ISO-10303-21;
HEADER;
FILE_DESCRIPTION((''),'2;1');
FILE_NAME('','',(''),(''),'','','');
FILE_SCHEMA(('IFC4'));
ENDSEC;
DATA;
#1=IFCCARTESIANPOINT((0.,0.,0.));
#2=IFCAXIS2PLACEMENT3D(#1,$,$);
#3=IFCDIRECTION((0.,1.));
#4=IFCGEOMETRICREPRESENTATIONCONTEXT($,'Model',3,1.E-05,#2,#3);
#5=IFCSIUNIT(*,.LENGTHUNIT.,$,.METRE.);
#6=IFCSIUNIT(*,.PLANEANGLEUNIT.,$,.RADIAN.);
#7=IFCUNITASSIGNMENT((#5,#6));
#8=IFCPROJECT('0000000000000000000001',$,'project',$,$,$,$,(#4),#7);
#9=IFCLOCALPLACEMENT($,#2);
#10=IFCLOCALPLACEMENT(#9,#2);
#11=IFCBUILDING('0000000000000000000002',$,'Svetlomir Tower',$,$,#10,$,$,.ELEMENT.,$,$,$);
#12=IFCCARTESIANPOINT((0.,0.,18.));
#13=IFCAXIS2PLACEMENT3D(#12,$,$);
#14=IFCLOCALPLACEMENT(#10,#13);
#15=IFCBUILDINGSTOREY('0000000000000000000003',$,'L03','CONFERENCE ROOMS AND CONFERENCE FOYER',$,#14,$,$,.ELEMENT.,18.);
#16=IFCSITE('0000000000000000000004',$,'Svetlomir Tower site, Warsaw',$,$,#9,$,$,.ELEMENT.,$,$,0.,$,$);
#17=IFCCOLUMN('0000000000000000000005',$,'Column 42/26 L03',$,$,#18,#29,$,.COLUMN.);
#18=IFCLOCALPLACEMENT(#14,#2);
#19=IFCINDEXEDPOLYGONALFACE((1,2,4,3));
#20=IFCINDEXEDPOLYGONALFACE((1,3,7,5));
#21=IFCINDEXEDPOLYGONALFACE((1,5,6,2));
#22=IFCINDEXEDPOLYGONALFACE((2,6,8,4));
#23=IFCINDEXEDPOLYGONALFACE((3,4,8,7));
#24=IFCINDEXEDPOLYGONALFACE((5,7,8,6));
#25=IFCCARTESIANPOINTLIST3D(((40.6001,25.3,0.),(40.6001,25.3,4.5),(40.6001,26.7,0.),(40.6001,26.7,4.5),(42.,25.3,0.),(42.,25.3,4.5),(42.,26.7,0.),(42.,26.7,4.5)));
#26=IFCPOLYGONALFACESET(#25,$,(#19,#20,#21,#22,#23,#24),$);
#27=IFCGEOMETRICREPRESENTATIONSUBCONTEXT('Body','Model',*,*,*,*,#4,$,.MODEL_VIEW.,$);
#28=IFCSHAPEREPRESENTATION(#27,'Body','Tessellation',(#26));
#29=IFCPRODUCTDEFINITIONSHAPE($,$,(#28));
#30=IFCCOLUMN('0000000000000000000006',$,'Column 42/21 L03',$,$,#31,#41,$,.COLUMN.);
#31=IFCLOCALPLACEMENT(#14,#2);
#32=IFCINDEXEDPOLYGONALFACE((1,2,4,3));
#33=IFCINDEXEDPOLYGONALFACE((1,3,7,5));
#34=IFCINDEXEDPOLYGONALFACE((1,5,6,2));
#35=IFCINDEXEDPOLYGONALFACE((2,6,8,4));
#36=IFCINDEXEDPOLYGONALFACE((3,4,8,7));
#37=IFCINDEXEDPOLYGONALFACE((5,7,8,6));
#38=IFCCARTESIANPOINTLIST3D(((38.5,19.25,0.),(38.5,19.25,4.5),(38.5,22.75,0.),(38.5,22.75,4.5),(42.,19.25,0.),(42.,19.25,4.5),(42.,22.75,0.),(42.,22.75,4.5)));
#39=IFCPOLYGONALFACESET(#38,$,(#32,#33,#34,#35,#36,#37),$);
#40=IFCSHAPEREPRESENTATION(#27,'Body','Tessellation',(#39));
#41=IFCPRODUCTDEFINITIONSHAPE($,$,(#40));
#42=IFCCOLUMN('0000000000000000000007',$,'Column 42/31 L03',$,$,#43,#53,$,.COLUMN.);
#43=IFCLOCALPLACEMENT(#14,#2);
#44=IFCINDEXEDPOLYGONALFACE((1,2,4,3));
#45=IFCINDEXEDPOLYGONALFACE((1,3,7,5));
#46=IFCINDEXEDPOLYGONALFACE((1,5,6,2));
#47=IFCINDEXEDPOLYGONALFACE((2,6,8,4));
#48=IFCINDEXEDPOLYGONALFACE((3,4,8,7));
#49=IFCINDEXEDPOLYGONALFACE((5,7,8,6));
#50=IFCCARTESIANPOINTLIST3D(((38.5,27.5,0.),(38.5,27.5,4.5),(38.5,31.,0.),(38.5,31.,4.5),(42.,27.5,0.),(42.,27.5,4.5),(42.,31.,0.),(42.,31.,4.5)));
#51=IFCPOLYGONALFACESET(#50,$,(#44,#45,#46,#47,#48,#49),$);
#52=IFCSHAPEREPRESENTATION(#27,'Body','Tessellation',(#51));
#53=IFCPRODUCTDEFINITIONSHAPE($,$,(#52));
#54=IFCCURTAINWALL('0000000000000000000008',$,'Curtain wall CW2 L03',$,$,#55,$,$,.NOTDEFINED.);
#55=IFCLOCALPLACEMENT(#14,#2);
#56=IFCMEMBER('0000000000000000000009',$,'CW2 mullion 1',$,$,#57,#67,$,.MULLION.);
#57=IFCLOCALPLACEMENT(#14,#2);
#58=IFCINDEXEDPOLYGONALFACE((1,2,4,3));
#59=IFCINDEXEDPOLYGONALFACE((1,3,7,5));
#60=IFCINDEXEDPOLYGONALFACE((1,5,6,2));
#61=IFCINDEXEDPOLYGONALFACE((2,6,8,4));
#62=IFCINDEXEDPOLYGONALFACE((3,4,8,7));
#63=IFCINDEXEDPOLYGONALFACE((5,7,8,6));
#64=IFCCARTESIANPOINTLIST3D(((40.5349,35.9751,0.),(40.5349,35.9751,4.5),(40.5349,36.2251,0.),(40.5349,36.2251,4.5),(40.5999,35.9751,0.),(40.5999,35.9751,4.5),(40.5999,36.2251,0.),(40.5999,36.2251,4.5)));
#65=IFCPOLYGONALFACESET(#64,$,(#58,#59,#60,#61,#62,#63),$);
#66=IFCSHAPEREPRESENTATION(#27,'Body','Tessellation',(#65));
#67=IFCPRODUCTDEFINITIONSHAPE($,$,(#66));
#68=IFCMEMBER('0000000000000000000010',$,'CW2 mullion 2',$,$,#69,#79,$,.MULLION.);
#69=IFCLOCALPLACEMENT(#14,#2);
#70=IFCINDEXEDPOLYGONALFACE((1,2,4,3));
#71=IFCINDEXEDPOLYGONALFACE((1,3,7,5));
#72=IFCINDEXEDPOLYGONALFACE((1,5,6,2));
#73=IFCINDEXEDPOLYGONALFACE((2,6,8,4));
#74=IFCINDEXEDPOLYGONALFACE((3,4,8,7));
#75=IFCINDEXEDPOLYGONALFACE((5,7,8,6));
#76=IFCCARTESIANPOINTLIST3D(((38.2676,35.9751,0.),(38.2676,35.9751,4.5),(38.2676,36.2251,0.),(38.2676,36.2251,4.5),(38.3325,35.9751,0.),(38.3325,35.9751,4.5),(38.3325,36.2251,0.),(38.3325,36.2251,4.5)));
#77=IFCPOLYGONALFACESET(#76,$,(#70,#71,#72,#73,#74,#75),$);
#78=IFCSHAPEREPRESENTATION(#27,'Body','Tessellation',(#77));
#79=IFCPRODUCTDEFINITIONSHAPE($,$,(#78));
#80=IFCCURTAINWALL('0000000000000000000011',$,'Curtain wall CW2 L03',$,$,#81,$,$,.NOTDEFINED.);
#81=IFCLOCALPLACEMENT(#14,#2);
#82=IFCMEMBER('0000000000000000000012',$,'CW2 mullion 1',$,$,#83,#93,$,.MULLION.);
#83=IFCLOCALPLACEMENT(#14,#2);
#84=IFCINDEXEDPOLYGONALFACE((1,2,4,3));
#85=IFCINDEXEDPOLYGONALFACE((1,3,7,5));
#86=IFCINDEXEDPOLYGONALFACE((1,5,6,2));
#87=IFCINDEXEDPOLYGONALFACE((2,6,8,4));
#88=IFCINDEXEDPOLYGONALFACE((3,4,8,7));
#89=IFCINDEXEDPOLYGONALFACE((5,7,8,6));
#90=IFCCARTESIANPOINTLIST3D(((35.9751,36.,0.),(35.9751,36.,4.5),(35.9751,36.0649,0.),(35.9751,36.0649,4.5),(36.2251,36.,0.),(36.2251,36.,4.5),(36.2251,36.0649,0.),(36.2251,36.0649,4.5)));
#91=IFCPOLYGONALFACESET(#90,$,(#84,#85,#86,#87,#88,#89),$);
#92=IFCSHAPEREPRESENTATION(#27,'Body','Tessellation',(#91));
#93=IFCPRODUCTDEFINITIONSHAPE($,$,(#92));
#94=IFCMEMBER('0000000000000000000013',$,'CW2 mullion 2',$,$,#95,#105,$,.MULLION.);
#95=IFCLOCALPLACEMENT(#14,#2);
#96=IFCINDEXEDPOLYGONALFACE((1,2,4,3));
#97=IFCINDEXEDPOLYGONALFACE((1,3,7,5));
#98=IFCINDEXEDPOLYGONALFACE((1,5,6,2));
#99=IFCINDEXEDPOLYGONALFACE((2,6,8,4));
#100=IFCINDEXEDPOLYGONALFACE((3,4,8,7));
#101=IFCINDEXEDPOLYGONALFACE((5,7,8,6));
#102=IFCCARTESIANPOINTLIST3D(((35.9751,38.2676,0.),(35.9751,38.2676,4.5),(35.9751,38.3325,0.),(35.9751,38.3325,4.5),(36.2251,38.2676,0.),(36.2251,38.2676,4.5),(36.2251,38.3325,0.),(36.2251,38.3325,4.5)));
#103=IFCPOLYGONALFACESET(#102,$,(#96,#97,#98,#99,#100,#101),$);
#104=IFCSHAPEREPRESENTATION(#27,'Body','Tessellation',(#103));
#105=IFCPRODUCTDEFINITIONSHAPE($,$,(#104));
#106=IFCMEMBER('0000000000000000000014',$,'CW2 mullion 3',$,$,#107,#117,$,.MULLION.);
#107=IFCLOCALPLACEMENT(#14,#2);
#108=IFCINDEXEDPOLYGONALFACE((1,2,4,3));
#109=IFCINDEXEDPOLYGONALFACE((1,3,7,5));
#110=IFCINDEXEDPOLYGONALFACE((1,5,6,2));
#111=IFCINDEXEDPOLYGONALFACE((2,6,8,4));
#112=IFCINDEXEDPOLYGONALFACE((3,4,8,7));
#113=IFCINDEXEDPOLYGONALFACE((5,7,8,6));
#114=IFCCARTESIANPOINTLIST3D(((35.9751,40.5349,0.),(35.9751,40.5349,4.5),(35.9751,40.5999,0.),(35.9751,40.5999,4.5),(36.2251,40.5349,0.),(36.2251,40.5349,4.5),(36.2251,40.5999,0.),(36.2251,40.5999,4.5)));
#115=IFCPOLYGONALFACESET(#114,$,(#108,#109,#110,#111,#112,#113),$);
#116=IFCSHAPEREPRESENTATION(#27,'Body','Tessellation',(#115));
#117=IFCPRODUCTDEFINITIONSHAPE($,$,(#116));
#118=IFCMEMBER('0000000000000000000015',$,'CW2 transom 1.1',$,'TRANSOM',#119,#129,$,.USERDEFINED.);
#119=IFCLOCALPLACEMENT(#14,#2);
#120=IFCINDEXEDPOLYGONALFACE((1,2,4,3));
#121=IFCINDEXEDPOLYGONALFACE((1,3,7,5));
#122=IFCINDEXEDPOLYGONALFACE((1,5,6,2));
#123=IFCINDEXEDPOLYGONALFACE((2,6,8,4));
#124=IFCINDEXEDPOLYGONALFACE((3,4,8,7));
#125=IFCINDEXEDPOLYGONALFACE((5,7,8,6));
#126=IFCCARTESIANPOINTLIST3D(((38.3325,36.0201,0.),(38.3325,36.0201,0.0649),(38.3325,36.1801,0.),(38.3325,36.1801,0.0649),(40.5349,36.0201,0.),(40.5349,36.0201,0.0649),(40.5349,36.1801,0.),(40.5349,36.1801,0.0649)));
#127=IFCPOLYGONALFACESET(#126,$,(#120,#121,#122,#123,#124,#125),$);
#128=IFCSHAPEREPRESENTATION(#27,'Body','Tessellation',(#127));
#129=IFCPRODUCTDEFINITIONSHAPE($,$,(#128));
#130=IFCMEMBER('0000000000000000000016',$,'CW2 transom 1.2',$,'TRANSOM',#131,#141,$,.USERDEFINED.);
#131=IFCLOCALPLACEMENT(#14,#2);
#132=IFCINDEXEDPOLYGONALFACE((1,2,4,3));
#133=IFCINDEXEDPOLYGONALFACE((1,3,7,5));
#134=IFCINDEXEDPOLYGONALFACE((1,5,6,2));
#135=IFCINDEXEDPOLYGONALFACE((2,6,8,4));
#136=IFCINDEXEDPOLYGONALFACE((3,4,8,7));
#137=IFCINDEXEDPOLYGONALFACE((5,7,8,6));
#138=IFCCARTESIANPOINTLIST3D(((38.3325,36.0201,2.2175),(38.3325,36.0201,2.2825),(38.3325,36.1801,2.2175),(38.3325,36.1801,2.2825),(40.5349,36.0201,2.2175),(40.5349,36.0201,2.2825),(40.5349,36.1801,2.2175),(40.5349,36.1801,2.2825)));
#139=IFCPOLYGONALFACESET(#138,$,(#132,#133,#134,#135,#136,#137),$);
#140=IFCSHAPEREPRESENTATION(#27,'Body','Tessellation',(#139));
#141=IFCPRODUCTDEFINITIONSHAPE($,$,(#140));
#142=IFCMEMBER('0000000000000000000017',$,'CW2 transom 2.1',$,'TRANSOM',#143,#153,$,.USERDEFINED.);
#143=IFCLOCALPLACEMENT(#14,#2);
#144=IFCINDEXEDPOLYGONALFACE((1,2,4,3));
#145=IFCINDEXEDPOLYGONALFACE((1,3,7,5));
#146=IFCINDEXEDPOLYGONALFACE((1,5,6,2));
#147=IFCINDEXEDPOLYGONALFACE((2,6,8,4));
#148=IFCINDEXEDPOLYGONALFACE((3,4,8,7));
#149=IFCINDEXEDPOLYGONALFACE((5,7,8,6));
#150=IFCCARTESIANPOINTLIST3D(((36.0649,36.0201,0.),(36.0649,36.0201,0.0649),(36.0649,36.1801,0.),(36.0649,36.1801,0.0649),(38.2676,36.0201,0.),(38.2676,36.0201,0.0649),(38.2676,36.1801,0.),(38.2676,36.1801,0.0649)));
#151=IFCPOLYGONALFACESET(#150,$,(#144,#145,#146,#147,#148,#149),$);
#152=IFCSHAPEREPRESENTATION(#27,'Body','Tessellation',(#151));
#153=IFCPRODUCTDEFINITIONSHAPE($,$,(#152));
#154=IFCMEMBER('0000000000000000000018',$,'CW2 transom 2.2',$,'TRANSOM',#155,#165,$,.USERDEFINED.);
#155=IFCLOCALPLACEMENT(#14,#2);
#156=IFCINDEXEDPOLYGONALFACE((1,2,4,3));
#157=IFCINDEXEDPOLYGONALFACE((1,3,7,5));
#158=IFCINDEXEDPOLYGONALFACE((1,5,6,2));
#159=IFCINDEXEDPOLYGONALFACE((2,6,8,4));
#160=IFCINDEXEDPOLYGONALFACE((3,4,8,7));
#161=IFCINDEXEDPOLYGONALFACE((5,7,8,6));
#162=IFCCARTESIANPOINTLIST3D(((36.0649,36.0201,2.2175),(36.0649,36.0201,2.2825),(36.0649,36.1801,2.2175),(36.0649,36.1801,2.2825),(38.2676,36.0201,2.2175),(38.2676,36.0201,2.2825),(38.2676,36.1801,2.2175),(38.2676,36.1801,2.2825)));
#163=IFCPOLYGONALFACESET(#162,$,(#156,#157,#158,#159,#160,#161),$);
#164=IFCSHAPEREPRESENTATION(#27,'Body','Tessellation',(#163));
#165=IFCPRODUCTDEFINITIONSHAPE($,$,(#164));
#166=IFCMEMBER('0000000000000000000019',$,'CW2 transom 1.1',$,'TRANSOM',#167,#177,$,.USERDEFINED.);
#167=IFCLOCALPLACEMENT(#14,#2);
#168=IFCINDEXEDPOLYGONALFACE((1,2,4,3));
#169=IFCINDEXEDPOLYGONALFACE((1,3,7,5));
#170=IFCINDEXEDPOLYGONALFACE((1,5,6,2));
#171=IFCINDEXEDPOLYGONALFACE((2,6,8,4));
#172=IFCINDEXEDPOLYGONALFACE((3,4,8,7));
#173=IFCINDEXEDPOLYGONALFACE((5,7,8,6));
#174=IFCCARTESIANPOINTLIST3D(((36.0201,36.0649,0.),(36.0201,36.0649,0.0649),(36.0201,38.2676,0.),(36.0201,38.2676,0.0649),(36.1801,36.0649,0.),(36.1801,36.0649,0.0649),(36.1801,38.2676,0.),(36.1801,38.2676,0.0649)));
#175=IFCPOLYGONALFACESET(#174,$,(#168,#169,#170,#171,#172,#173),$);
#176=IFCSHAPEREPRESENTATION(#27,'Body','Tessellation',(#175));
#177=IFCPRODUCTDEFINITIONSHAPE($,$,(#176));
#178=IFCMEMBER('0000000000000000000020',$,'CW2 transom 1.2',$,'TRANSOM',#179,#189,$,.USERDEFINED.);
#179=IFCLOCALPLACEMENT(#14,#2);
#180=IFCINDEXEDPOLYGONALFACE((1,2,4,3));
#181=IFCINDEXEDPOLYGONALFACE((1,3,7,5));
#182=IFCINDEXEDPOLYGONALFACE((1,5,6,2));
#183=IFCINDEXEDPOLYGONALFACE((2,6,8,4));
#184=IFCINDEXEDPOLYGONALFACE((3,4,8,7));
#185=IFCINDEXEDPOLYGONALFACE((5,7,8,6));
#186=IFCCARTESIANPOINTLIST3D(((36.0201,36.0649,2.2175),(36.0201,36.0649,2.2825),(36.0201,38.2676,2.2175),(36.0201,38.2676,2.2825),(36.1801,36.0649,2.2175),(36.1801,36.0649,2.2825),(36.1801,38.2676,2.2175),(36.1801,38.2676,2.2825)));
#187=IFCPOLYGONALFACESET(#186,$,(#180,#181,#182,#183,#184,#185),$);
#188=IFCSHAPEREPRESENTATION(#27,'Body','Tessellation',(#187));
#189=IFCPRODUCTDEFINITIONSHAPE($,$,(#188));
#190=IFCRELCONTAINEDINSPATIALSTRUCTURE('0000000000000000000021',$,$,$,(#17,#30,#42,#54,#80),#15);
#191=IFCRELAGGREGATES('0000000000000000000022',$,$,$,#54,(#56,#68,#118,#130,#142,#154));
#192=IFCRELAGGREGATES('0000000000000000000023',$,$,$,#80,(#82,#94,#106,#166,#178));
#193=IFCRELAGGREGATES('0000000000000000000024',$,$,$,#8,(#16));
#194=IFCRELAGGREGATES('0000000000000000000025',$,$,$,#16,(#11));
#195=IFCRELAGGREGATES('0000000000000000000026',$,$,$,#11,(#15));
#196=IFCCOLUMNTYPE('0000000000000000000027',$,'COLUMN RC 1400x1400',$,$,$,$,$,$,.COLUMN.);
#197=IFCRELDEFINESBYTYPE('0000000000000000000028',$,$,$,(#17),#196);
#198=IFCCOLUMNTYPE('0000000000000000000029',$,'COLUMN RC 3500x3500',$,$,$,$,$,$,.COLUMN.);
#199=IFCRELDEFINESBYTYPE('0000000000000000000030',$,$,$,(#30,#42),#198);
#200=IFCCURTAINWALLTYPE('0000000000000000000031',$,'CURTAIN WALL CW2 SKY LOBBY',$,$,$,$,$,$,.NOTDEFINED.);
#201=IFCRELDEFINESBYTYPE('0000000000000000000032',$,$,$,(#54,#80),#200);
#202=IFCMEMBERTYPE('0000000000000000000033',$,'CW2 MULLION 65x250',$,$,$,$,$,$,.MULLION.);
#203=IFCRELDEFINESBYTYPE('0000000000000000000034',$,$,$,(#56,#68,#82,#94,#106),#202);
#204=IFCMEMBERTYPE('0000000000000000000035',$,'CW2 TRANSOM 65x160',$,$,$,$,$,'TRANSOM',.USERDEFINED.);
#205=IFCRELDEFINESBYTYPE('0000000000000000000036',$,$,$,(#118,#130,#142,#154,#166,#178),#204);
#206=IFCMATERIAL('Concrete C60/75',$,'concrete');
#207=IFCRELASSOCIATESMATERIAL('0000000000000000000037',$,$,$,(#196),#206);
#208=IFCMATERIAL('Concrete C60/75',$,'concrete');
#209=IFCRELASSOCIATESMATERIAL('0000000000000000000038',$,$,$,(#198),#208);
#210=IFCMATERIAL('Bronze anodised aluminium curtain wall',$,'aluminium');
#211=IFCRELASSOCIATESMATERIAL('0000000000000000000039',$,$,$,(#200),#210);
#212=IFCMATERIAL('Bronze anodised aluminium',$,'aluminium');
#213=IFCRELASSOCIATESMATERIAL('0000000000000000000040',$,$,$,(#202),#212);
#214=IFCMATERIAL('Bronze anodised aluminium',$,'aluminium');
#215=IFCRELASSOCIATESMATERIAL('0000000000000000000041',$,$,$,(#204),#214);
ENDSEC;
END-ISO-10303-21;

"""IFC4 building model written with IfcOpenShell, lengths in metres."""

from ifc_helpers import new_model, si_unit, direction, frame, origin, origin_2d, place, context, subcontext, project, spatial, rectangle, extrude, material, material_profile, profile_set, type_object, element, aggregate, save


model = new_model("IFC4")

# Units and contexts
model_context = context("Model", 3, precision=1e-05, world=origin(), true_north=direction((0.0, 1.0)))
body_context = subcontext(model_context, "Body", "Model", "MODEL_VIEW")
ifc_project = project(units=[si_unit("LENGTHUNIT", "METRE"), si_unit("PLANEANGLEUNIT", "RADIAN")], contexts=[model_context])

# Site, building, storey
site_placement = place(None, origin())
site = spatial("IfcSite", under=ifc_project, at=site_placement, Name="Svetlomir Tower site, Warsaw", CompositionType="ELEMENT", RefElevation=0.0)
building_placement = place(site_placement, origin())
building = spatial("IfcBuilding", under=site, at=building_placement, Name="Svetlomir Tower", CompositionType="ELEMENT")
storey_placement = place(building_placement, frame((0.0, 0.0, 18.0)))
storey = spatial("IfcBuildingStorey", under=building, at=storey_placement, Name="L03", Description="CONFERENCE ROOMS AND CONFERENCE FOYER", CompositionType="ELEMENT", Elevation=18.0)

# Columns
ifc_material_1 = material(Name="Concrete C60/75", Category="concrete")
ifc_material_profile_1 = material_profile(ifc_material_1, rectangle(XDim=1.3999, YDim=1.3999, at=origin_2d()), Name="RC 1400x1400")
ifc_profile_set_1 = profile_set([ifc_material_profile_1], Name="Concrete C60/75")
column_type_1 = type_object("IfcColumnType", Name="COLUMN RC 1400x1400", PredefinedType="COLUMN", material=ifc_profile_set_1)
column_placement = place(storey_placement, frame((41.3, 26.0, 0.0), z_axis=(0.0, 0.0, 1.0), x_axis=(1.0, 0.0, 0.0)))
element("IfcColumn", 1, at=column_placement, inside=storey, type_object=column_type_1, Name="Column 42/26 L03", PredefinedType="COLUMN", context=body_context, shape_type="SweptSolid", body=[
    extrude(rectangle(XDim=1.3999, YDim=1.3999, at=origin_2d()), origin(), (0.0, 0.0, 1.0), 4.5),
])
ifc_material_2 = material(Name="Concrete C60/75", Category="concrete")
ifc_material_profile_2 = material_profile(ifc_material_2, rectangle(XDim=3.5, YDim=3.5, at=origin_2d()), Name="RC 3500x3500")
ifc_profile_set_2 = profile_set([ifc_material_profile_2], Name="Concrete C60/75")
column_type_2 = type_object("IfcColumnType", Name="COLUMN RC 3500x3500", PredefinedType="COLUMN", material=ifc_profile_set_2)
for number, where, z_axis, x_axis, name in (
    (2, (40.25, 21.0, 0.0), (0.0, 0.0, 1.0), (1.0, 0.0, 0.0), "Column 42/21 L03"),
    (3, (40.25, 29.25, 0.0), (0.0, 0.0, 1.0), (1.0, 0.0, 0.0), "Column 42/31 L03"),
):
    element("IfcColumn", number, at=place(storey_placement, frame(where, z_axis=z_axis, x_axis=x_axis)), inside=storey, type_object=column_type_2, Name=name, PredefinedType="COLUMN", context=body_context, shape_type="SweptSolid", body=[
        extrude(rectangle(XDim=3.5, YDim=3.5, at=origin_2d()), origin(), (0.0, 0.0, 1.0), 4.5),
    ])

# Curtain walls, members
ifc_material_3 = material(Name="Bronze anodised aluminium curtain wall", Category="aluminium")
curtain_wall_type = type_object("IfcCurtainWallType", Name="CURTAIN WALL CW2 SKY LOBBY", PredefinedType="NOTDEFINED", material=ifc_material_3)
curtain_wall_1_placement = place(storey_placement, origin())
curtain_wall_1 = element("IfcCurtainWall", 4, at=curtain_wall_1_placement, inside=storey, type_object=curtain_wall_type, Name="Curtain wall CW2 L03", PredefinedType="NOTDEFINED")
ifc_material_4 = material(Name="Bronze anodised aluminium", Category="aluminium")
ifc_material_profile_3 = material_profile(ifc_material_4, rectangle(XDim=0.0649, YDim=0.25, at=origin_2d()), Name="AL 65x250")
ifc_profile_set_3 = profile_set([ifc_material_profile_3], Name="Bronze anodised aluminium 6063-T6")
member_type_1 = type_object("IfcMemberType", Name="CW2 MULLION 65x250", PredefinedType="MULLION", material=ifc_profile_set_3)
member_1_placement = place(storey_placement, frame((40.5674, 36.1001, 0.0), z_axis=(0.0, 0.0, 1.0), x_axis=(-1.0, 0.0, 0.0)))
member_1 = element("IfcMember", 5, at=member_1_placement, type_object=member_type_1, Name="CW2 mullion 1", PredefinedType="MULLION", context=body_context, shape_type="SweptSolid", body=[
    extrude(rectangle(XDim=0.0649, YDim=0.25, at=origin_2d()), origin(), (0.0, 0.0, 1.0), 4.5),
])
member_2_placement = place(storey_placement, frame((38.3, 36.1001, 0.0), z_axis=(0.0, 0.0, 1.0), x_axis=(-1.0, 0.0, 0.0)))
member_2 = element("IfcMember", 6, at=member_2_placement, type_object=member_type_1, Name="CW2 mullion 2", PredefinedType="MULLION", context=body_context, shape_type="SweptSolid", body=[
    extrude(rectangle(XDim=0.0649, YDim=0.25, at=origin_2d()), origin(), (0.0, 0.0, 1.0), 4.5),
])
curtain_wall_2_placement = place(storey_placement, origin())
curtain_wall_2 = element("IfcCurtainWall", 7, at=curtain_wall_2_placement, inside=storey, type_object=curtain_wall_type, Name="Curtain wall CW2 L03", PredefinedType="NOTDEFINED")
member_3_placement = place(storey_placement, frame((36.1001, 36.0325, 0.0), z_axis=(0.0, 0.0, 1.0), x_axis=(0.0, 1.0, 0.0)))
member_3 = element("IfcMember", 8, at=member_3_placement, type_object=member_type_1, Name="CW2 mullion 1", PredefinedType="MULLION", context=body_context, shape_type="SweptSolid", body=[
    extrude(rectangle(XDim=0.0649, YDim=0.25, at=origin_2d()), origin(), (0.0, 0.0, 1.0), 4.5),
])
member_4_placement = place(storey_placement, frame((36.1001, 38.3, 0.0), z_axis=(0.0, 0.0, 1.0), x_axis=(0.0, 1.0, 0.0)))
member_4 = element("IfcMember", 9, at=member_4_placement, type_object=member_type_1, Name="CW2 mullion 2", PredefinedType="MULLION", context=body_context, shape_type="SweptSolid", body=[
    extrude(rectangle(XDim=0.0649, YDim=0.25, at=origin_2d()), origin(), (0.0, 0.0, 1.0), 4.5),
])
member_5_placement = place(storey_placement, frame((36.1001, 40.5674, 0.0), z_axis=(0.0, 0.0, 1.0), x_axis=(0.0, 1.0, 0.0)))
member_5 = element("IfcMember", 10, at=member_5_placement, type_object=member_type_1, Name="CW2 mullion 3", PredefinedType="MULLION", context=body_context, shape_type="SweptSolid", body=[
    extrude(rectangle(XDim=0.0649, YDim=0.25, at=origin_2d()), origin(), (0.0, 0.0, 1.0), 4.5),
])

# Members
ifc_material_5 = material(Name="Bronze anodised aluminium", Category="aluminium")
ifc_material_profile_4 = material_profile(ifc_material_5, rectangle(XDim=0.1599, YDim=0.0649, at=origin_2d()), Name="AL 160x65")
ifc_profile_set_4 = profile_set([ifc_material_profile_4], Name="Bronze anodised aluminium 6063-T6")
member_type_2 = type_object("IfcMemberType", Name="CW2 TRANSOM 65x160", ElementType="TRANSOM", PredefinedType="USERDEFINED", material=ifc_profile_set_4)
member_6_placement = place(storey_placement, frame((40.5349, 36.1001, 0.0325), z_axis=(-1.0, 0.0, 0.0), x_axis=(0.0, -1.0, 0.0)))
member_6 = element("IfcMember", 11, at=member_6_placement, type_object=member_type_2, Name="CW2 transom 1.1", ObjectType="TRANSOM", PredefinedType="USERDEFINED", context=body_context, shape_type="SweptSolid", body=[
    extrude(rectangle(XDim=0.1599, YDim=0.0649, at=origin_2d()), origin(), (0.0, 0.0, 1.0), 2.2024),
])
member_7_placement = place(storey_placement, frame((40.5349, 36.1001, 2.25), z_axis=(-1.0, 0.0, 0.0), x_axis=(0.0, -1.0, 0.0)))
member_7 = element("IfcMember", 12, at=member_7_placement, type_object=member_type_2, Name="CW2 transom 1.2", ObjectType="TRANSOM", PredefinedType="USERDEFINED", context=body_context, shape_type="SweptSolid", body=[
    extrude(rectangle(XDim=0.1599, YDim=0.0649, at=origin_2d()), origin(), (0.0, 0.0, 1.0), 2.2024),
])
member_8_placement = place(storey_placement, frame((38.2676, 36.1001, 0.0325), z_axis=(-1.0, 0.0, 0.0), x_axis=(0.0, -1.0, 0.0)))
member_8 = element("IfcMember", 13, at=member_8_placement, type_object=member_type_2, Name="CW2 transom 2.1", ObjectType="TRANSOM", PredefinedType="USERDEFINED", context=body_context, shape_type="SweptSolid", body=[
    extrude(rectangle(XDim=0.1599, YDim=0.0649, at=origin_2d()), origin(), (0.0, 0.0, 1.0), 2.2026),
])
member_9_placement = place(storey_placement, frame((38.2676, 36.1001, 2.25), z_axis=(-1.0, 0.0, 0.0), x_axis=(0.0, -1.0, 0.0)))
member_9 = element("IfcMember", 14, at=member_9_placement, type_object=member_type_2, Name="CW2 transom 2.2", ObjectType="TRANSOM", PredefinedType="USERDEFINED", context=body_context, shape_type="SweptSolid", body=[
    extrude(rectangle(XDim=0.1599, YDim=0.0649, at=origin_2d()), origin(), (0.0, 0.0, 1.0), 2.2026),
])
member_10_placement = place(storey_placement, frame((36.1001, 36.0649, 0.0325), z_axis=(0.0, 1.0, 0.0), x_axis=(-1.0, 0.0, 0.0)))
member_10 = element("IfcMember", 15, at=member_10_placement, type_object=member_type_2, Name="CW2 transom 1.1", ObjectType="TRANSOM", PredefinedType="USERDEFINED", context=body_context, shape_type="SweptSolid", body=[
    extrude(rectangle(XDim=0.1599, YDim=0.0649, at=origin_2d()), origin(), (0.0, 0.0, 1.0), 2.2026),
])
member_11_placement = place(storey_placement, frame((36.1001, 36.0649, 2.25), z_axis=(0.0, 1.0, 0.0), x_axis=(-1.0, 0.0, 0.0)))
member_11 = element("IfcMember", 16, at=member_11_placement, type_object=member_type_2, Name="CW2 transom 1.2", ObjectType="TRANSOM", PredefinedType="USERDEFINED", context=body_context, shape_type="SweptSolid", body=[
    extrude(rectangle(XDim=0.1599, YDim=0.0649, at=origin_2d()), origin(), (0.0, 0.0, 1.0), 2.2026),
])

aggregate(curtain_wall_1, [member_1, member_2, member_6, member_7, member_8, member_9])
aggregate(curtain_wall_2, [member_3, member_4, member_5, member_10, member_11])

save(model, "model.ifc")
